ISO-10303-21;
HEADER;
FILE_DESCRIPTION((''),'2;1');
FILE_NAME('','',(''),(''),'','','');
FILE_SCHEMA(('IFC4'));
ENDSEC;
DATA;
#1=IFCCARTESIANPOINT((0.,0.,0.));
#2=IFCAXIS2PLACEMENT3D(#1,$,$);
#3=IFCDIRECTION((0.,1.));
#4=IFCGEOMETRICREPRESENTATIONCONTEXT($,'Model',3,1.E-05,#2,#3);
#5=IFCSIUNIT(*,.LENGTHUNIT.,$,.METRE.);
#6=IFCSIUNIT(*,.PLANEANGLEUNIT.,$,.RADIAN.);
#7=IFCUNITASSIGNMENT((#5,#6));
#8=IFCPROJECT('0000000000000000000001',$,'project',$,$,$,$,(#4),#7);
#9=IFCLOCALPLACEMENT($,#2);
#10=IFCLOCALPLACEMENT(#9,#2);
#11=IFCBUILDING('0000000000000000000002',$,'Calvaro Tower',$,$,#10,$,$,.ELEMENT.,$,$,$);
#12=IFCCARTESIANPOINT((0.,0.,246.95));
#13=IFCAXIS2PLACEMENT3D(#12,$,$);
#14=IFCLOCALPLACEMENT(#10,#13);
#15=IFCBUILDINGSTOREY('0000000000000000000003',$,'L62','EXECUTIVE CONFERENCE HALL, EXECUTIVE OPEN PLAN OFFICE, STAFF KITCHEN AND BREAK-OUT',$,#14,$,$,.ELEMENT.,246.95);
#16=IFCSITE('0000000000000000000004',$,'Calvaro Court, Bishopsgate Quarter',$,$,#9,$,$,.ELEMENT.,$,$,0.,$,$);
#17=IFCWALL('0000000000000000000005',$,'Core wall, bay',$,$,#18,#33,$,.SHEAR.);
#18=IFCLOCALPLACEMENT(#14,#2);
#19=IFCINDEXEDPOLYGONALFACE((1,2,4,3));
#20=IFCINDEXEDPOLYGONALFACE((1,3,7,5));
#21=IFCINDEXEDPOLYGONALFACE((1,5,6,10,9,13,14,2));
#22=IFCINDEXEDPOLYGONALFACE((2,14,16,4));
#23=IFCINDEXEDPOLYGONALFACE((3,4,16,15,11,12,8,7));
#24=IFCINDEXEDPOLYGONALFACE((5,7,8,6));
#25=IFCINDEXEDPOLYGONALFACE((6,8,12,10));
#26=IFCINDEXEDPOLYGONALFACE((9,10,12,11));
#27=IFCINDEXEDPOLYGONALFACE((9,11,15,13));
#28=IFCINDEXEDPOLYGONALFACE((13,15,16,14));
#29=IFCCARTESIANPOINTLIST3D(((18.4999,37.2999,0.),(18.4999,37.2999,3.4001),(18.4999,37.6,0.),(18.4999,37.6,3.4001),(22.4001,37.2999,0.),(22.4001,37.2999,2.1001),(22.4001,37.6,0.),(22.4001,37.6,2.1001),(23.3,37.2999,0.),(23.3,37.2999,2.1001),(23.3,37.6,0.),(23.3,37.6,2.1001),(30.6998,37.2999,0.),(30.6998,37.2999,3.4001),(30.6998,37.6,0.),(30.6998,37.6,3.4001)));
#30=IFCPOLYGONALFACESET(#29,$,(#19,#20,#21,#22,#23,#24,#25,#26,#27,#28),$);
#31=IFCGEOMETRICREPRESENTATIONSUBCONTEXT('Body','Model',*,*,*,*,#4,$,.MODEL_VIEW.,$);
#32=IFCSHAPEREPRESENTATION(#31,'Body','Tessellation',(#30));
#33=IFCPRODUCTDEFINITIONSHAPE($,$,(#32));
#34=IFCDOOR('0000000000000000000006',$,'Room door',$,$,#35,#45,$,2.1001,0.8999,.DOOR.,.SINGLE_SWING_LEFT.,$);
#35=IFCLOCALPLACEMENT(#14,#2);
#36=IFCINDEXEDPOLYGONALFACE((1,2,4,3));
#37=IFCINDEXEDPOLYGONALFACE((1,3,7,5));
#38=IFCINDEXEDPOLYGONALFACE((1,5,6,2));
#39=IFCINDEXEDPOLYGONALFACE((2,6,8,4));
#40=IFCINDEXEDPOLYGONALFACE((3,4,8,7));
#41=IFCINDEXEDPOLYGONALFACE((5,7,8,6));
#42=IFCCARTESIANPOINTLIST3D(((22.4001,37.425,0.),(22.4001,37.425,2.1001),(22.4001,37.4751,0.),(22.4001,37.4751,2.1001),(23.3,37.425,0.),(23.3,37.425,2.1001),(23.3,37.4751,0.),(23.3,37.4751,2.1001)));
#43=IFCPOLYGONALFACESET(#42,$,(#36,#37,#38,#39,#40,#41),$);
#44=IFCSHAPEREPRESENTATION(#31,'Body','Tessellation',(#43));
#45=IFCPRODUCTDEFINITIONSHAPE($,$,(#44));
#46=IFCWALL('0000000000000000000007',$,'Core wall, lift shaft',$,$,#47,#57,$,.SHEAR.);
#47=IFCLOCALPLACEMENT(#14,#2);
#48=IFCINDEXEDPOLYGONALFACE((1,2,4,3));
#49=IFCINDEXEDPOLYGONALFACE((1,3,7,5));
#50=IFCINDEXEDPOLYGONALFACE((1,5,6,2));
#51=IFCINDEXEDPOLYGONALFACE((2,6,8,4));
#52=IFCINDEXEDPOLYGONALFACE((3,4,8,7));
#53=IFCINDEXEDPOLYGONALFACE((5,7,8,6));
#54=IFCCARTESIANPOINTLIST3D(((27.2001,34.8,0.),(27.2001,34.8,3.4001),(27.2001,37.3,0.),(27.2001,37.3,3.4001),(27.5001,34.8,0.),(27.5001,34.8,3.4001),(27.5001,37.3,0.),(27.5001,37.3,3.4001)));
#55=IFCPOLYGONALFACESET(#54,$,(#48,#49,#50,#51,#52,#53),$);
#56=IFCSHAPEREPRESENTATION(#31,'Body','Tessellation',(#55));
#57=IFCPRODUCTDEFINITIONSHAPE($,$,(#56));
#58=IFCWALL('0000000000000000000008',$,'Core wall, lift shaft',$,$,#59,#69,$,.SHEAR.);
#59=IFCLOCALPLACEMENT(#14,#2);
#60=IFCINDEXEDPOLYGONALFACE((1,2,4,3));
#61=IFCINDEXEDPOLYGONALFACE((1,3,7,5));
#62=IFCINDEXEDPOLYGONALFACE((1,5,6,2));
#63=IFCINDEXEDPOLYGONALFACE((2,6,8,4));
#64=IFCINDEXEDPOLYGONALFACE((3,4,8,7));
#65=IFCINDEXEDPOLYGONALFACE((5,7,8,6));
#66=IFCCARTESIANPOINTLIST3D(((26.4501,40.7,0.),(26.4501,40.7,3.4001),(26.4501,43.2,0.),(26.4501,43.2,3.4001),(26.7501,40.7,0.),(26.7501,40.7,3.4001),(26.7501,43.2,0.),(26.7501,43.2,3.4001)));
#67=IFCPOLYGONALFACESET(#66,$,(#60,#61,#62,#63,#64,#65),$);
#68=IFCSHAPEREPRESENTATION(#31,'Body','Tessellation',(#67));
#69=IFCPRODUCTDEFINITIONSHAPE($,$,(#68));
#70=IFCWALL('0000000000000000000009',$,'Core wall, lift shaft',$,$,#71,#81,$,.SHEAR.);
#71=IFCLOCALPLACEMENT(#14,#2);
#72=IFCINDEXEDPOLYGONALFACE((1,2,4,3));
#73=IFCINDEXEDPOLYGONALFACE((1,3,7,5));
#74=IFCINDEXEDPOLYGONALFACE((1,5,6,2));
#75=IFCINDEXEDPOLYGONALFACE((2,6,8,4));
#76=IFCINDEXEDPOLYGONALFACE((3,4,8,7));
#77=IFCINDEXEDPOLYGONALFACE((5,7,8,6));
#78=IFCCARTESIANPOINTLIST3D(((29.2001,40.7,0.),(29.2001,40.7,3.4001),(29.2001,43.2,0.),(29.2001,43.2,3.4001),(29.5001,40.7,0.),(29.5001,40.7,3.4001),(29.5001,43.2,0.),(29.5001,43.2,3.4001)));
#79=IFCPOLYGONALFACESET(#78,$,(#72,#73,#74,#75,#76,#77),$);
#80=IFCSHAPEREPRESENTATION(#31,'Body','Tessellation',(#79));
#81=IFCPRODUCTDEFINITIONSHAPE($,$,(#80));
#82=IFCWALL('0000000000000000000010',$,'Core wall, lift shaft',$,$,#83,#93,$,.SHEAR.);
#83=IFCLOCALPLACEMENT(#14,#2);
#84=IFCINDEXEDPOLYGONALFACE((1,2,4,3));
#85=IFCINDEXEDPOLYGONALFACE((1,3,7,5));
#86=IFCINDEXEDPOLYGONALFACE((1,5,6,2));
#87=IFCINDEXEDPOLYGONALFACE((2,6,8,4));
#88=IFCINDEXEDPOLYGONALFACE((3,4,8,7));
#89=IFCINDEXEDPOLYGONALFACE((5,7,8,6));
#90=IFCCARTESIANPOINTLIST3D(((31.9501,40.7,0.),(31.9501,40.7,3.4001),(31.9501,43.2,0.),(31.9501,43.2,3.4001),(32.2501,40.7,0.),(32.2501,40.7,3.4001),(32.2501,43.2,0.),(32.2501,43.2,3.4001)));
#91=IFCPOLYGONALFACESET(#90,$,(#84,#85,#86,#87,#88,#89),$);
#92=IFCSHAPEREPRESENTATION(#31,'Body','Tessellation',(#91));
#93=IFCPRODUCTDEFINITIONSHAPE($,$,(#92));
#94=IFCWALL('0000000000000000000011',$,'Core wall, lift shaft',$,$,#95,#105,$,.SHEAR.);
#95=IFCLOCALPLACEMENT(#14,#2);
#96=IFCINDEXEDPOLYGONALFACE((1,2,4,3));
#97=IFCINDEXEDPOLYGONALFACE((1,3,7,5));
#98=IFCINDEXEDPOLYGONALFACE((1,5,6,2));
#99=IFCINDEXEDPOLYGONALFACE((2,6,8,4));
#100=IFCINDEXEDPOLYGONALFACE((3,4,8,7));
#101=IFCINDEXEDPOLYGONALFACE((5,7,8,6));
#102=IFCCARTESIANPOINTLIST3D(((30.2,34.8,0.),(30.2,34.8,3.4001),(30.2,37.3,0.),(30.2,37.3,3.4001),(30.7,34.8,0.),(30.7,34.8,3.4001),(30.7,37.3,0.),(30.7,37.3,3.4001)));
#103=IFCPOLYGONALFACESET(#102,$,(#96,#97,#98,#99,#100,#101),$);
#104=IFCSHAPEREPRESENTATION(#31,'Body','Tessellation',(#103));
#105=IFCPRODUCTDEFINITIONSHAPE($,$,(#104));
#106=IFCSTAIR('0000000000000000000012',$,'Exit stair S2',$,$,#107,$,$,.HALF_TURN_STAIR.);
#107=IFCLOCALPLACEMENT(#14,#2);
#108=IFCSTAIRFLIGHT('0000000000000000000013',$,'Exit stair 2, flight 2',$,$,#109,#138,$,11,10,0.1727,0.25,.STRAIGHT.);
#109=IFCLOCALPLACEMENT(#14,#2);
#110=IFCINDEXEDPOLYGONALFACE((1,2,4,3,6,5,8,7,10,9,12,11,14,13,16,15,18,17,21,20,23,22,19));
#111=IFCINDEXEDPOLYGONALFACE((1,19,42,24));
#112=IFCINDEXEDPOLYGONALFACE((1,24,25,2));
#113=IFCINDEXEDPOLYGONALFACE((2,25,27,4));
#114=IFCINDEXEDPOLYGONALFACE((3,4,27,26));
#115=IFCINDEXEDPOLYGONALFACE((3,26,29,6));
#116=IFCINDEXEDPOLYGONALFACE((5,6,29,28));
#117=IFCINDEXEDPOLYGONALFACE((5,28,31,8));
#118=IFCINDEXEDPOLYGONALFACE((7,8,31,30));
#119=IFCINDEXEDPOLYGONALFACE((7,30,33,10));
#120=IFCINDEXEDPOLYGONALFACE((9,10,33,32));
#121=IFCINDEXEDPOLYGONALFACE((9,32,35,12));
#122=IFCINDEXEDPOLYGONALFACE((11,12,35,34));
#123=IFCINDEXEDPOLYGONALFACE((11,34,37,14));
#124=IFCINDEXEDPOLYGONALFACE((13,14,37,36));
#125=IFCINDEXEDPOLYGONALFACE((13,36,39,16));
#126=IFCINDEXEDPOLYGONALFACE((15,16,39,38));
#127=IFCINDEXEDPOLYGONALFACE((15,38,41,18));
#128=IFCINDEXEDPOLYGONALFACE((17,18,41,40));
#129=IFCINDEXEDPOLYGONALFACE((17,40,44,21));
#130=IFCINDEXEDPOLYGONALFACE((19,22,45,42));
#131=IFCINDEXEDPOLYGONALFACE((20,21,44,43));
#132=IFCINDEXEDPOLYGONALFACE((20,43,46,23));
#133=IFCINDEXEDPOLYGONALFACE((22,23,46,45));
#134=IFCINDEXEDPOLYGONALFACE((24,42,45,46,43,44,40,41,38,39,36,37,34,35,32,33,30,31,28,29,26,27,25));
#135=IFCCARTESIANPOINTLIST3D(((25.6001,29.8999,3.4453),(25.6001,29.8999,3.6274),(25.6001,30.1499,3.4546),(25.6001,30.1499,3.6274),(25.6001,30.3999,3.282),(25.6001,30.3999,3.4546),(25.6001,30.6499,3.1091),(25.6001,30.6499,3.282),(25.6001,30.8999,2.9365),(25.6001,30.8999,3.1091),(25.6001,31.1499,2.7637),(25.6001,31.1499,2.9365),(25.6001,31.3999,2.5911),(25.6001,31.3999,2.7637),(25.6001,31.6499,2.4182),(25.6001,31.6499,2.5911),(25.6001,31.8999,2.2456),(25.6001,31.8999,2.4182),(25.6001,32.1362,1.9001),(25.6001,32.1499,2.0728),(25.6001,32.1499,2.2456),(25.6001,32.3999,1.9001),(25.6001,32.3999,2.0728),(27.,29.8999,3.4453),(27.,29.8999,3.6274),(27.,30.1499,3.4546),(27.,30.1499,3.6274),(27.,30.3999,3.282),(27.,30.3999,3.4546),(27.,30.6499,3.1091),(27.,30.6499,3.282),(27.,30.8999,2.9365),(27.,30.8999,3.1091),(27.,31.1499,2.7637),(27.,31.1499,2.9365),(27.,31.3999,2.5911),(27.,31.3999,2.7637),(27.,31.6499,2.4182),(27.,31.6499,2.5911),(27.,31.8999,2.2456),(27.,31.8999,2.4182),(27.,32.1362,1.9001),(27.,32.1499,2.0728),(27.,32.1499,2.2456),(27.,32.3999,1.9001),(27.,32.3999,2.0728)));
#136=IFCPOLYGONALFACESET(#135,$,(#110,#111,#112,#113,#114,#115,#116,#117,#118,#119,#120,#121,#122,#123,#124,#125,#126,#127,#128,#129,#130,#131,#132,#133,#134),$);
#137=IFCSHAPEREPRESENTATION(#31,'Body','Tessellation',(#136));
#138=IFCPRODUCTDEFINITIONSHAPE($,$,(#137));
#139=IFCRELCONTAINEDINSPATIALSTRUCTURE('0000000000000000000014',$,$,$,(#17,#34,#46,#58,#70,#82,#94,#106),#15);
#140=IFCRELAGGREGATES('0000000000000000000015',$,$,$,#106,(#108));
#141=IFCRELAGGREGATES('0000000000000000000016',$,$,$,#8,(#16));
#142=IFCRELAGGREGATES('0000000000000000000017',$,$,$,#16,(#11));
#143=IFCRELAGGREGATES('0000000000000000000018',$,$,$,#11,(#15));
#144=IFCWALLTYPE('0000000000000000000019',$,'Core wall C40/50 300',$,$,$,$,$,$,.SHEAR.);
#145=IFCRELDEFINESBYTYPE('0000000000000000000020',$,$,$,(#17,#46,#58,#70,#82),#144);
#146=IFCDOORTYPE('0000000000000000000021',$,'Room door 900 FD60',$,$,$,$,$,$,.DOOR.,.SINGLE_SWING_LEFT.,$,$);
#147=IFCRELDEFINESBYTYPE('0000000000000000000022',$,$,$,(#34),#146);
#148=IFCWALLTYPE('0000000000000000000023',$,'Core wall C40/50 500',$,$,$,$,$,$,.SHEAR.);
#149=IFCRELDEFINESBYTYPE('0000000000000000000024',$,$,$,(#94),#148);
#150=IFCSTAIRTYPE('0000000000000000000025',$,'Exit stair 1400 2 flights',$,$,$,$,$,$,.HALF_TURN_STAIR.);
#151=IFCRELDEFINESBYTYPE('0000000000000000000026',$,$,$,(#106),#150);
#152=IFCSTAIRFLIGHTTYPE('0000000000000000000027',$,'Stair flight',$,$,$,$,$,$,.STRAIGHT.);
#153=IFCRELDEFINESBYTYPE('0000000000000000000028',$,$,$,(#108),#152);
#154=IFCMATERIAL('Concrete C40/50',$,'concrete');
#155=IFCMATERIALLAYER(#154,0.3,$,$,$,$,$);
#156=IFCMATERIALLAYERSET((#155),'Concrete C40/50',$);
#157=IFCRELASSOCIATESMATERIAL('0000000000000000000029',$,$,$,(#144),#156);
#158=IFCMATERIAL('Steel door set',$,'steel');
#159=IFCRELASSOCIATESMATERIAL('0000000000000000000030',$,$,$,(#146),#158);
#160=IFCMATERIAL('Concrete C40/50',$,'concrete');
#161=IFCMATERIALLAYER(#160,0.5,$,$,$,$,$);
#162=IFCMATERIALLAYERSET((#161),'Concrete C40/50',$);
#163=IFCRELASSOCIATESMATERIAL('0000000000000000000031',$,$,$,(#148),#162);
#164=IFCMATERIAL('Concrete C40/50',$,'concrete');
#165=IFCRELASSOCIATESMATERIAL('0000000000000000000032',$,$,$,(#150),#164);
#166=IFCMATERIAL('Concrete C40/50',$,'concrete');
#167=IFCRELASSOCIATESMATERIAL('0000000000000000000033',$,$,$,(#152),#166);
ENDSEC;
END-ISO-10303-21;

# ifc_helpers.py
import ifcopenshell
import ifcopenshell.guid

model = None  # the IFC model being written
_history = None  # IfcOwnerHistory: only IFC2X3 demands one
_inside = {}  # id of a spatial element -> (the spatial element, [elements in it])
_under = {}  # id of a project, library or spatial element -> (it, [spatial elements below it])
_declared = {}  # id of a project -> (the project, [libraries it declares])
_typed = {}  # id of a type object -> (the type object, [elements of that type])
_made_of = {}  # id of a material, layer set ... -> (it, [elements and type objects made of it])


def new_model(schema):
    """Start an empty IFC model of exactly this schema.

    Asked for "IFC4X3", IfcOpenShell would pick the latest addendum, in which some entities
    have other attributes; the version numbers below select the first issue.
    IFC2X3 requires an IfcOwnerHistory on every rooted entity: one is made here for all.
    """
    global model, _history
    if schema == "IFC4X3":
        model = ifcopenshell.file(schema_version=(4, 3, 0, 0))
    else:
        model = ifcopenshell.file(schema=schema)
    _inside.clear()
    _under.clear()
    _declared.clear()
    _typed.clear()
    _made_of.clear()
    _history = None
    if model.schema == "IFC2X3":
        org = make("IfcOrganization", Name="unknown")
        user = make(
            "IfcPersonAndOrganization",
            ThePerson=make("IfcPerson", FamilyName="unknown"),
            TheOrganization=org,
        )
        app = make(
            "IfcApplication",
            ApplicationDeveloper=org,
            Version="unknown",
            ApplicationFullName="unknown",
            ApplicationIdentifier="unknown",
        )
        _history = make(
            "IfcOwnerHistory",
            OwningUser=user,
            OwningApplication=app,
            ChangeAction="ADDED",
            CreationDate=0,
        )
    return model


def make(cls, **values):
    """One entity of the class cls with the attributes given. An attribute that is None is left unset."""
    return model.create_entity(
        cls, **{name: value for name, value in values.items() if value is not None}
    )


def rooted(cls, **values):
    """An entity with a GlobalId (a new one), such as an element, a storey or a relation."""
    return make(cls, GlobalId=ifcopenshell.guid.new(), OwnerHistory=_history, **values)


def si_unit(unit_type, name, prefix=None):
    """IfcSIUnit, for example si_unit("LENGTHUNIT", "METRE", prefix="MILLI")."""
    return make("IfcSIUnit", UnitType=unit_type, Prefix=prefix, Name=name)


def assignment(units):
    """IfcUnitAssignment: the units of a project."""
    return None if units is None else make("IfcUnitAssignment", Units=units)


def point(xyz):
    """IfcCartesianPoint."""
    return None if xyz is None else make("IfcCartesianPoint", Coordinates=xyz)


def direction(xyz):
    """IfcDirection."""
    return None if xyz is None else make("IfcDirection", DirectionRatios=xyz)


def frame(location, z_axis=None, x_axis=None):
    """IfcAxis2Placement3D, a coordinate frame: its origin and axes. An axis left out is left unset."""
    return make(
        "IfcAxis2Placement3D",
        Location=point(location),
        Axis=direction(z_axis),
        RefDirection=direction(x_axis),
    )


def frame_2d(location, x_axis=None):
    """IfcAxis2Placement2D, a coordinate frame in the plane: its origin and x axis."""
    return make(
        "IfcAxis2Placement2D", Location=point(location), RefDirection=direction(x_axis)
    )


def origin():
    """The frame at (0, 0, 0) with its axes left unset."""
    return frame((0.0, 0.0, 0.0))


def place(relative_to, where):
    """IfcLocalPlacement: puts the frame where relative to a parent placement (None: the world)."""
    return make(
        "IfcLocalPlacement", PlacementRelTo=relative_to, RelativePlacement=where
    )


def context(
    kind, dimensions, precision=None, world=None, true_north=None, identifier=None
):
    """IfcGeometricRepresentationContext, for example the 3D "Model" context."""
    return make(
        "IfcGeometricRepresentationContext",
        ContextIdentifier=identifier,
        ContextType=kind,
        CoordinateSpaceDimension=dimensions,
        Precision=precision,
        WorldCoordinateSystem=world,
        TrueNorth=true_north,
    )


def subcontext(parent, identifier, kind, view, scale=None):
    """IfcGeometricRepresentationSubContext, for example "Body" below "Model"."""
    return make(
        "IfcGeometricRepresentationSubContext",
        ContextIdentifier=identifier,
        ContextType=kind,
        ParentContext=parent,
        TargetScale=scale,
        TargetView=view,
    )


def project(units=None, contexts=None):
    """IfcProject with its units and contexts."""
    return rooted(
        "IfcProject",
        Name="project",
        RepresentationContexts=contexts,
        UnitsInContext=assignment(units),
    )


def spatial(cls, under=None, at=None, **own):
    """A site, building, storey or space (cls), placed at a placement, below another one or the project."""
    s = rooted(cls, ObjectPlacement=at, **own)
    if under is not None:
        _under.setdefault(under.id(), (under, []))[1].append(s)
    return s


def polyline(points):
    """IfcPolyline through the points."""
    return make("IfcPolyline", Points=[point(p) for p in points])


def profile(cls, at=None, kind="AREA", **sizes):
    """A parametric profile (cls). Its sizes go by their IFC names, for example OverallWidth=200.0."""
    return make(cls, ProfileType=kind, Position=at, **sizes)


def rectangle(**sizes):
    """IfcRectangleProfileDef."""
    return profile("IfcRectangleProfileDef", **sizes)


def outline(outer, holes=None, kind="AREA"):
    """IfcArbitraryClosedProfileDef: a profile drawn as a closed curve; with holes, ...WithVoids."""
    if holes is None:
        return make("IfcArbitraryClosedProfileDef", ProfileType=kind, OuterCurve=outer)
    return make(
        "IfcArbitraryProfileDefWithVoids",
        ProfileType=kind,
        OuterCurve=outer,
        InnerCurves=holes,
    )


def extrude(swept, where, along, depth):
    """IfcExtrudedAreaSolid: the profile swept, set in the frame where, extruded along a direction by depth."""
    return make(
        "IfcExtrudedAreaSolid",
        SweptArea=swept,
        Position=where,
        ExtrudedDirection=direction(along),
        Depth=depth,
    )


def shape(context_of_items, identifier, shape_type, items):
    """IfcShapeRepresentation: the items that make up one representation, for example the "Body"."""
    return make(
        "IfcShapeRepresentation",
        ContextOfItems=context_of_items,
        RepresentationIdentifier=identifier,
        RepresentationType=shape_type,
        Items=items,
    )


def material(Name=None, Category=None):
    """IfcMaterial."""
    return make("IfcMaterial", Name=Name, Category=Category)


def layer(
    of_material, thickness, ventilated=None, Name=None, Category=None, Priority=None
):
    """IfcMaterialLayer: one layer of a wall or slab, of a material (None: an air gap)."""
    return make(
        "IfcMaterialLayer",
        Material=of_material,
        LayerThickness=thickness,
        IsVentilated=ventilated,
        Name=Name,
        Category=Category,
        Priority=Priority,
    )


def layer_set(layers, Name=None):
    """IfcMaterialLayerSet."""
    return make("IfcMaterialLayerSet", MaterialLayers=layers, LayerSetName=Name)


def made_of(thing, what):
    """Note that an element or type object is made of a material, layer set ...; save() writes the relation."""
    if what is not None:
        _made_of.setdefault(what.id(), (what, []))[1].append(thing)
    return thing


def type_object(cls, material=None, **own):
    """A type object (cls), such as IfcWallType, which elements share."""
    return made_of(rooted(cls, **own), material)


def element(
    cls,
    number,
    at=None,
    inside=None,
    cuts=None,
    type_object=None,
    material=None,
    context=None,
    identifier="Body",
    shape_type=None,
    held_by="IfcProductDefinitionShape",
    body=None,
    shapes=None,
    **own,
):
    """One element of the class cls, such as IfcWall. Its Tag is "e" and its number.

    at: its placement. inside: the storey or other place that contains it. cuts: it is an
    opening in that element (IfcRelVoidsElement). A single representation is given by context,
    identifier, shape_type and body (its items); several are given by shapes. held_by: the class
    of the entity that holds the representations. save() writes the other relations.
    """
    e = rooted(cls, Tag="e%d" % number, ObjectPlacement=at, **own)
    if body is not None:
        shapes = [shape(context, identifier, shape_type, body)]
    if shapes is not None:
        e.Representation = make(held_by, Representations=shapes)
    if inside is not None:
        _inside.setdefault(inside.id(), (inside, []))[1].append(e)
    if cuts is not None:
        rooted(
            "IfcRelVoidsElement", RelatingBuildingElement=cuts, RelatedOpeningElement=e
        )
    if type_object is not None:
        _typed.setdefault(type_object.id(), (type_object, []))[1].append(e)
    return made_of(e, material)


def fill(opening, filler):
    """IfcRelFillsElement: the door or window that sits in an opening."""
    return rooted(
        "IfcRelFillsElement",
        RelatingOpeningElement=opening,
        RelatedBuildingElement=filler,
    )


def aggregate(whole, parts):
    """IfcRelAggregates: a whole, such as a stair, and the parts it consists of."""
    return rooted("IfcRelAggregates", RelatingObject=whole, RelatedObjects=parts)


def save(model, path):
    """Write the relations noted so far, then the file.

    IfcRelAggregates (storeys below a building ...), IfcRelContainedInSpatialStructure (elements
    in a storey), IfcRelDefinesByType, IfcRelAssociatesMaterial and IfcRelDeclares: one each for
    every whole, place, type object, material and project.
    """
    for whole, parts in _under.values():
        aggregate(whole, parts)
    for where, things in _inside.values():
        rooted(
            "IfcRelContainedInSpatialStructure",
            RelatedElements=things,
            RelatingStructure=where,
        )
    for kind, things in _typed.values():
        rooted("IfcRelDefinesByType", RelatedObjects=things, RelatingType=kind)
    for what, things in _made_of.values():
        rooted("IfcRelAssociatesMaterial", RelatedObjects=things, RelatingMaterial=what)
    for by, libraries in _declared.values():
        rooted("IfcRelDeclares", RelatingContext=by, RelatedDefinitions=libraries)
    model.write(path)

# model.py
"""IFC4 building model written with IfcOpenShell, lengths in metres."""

from ifc_helpers import new_model, si_unit, direction, frame, frame_2d, origin, place, context, subcontext, project, spatial, polyline, rectangle, outline, extrude, material, layer, layer_set, type_object, element, fill, aggregate, save


model = new_model("IFC4")

# Units and contexts
model_context = context("Model", 3, precision=1e-05, world=origin(), true_north=direction((0.0, 1.0)))
body_context = subcontext(model_context, "Body", "Model", "MODEL_VIEW")
ifc_project = project(units=[si_unit("LENGTHUNIT", "METRE"), si_unit("PLANEANGLEUNIT", "RADIAN")], contexts=[model_context])

# Site, building, storey
site_placement = place(None, origin())
site = spatial("IfcSite", under=ifc_project, at=site_placement, Name="Calvaro Court, Bishopsgate Quarter", CompositionType="ELEMENT", RefElevation=0.0)
building_placement = place(site_placement, origin())
building = spatial("IfcBuilding", under=site, at=building_placement, Name="Calvaro Tower", CompositionType="ELEMENT")
storey_placement = place(building_placement, frame((0.0, 0.0, 246.95)))
storey = spatial("IfcBuildingStorey", under=building, at=storey_placement, Name="L62", Description="EXECUTIVE CONFERENCE HALL, EXECUTIVE OPEN PLAN OFFICE, STAFF KITCHEN AND BREAK-OUT", CompositionType="ELEMENT", Elevation=246.95)

# Wall, opening, door
ifc_material_1 = material(Name="Concrete C40/50", Category="concrete")
ifc_layer_1 = layer(ifc_material_1, 0.3)
ifc_layer_set_1 = layer_set([ifc_layer_1], Name="Concrete C40/50")
wall_type_1 = type_object("IfcWallType", Name="Core wall C40/50 300", PredefinedType="SHEAR", material=ifc_layer_set_1)
wall_1_placement = place(storey_placement, frame((30.7, 37.45, 0.0), z_axis=(0.0, 0.0, 1.0), x_axis=(-1.0, 0.0, 0.0)))
wall_1 = element("IfcWall", 1, at=wall_1_placement, inside=storey, type_object=wall_type_1, Name="Core wall, bay", PredefinedType="SHEAR", context=body_context, shape_type="SweptSolid", body=[
    extrude(rectangle(XDim=12.2, YDim=0.3, at=frame_2d((6.1001, 0.0))), origin(), (0.0, 0.0, 1.0), 3.4001),
])
opening_placement = place(wall_1_placement, frame((7.3999, 0.0, 0.0)))
opening = element("IfcOpeningElement", 2, at=opening_placement, cuts=wall_1, PredefinedType="OPENING", context=body_context, shape_type="SweptSolid", body=[
    extrude(rectangle(XDim=0.8999, YDim=2.1001, at=frame_2d((0.45, 1.05))), frame((0.0, 0.1599, 0.0), z_axis=(0.0, -1.0, 0.0), x_axis=(1.0, 0.0, 0.0)), (0.0, 0.0, 1.0), 0.3201),
])
ifc_material_2 = material(Name="Steel door set", Category="steel")
door_type = type_object("IfcDoorType", Name="Room door 900 FD60", OperationType="SINGLE_SWING_LEFT", PredefinedType="DOOR", material=ifc_material_2)
door_placement = place(opening_placement, origin())
door = element("IfcDoor", 3, at=door_placement, inside=storey, type_object=door_type, Name="Room door", OperationType="SINGLE_SWING_LEFT", OverallHeight=2.1001, OverallWidth=0.8999, PredefinedType="DOOR", context=body_context, shape_type="SweptSolid", body=[
    extrude(rectangle(XDim=0.8999, YDim=2.1001, at=frame_2d((0.45, 1.05))), frame((0.0, 0.0249, 0.0), z_axis=(0.0, -1.0, 0.0), x_axis=(1.0, 0.0, 0.0)), (0.0, 0.0, 1.0), 0.05),
])
fill(opening, door)

# Walls
for number, where, z_axis, x_axis, name in (
    (4, (27.3501, 34.8, 0.0), (0.0, 0.0, 1.0), (0.0, 1.0, 0.0), "Core wall, lift shaft"),
    (5, (26.6001, 40.7, 0.0), (0.0, 0.0, 1.0), (0.0, 1.0, 0.0), "Core wall, lift shaft"),
    (6, (29.3501, 40.7, 0.0), (0.0, 0.0, 1.0), (0.0, 1.0, 0.0), "Core wall, lift shaft"),
    (7, (32.1001, 40.7, 0.0), (0.0, 0.0, 1.0), (0.0, 1.0, 0.0), "Core wall, lift shaft"),
):
    element("IfcWall", number, at=place(storey_placement, frame(where, z_axis=z_axis, x_axis=x_axis)), inside=storey, type_object=wall_type_1, Name=name, PredefinedType="SHEAR", context=body_context, shape_type="SweptSolid", body=[
        extrude(rectangle(XDim=2.5, YDim=0.3, at=frame_2d((1.25, 0.0))), origin(), (0.0, 0.0, 1.0), 3.4001),
    ])
ifc_material_3 = material(Name="Concrete C40/50", Category="concrete")
ifc_layer_2 = layer(ifc_material_3, 0.5)
ifc_layer_set_2 = layer_set([ifc_layer_2], Name="Concrete C40/50")
wall_type_2 = type_object("IfcWallType", Name="Core wall C40/50 500", PredefinedType="SHEAR", material=ifc_layer_set_2)
wall_2_placement = place(storey_placement, frame((30.45, 34.8, 0.0), z_axis=(0.0, 0.0, 1.0), x_axis=(0.0, 1.0, 0.0)))
element("IfcWall", 8, at=wall_2_placement, inside=storey, type_object=wall_type_2, Name="Core wall, lift shaft", PredefinedType="SHEAR", context=body_context, shape_type="SweptSolid", body=[
    extrude(rectangle(XDim=2.5, YDim=0.5, at=frame_2d((1.25, 0.0))), origin(), (0.0, 0.0, 1.0), 3.4001),
])

# Stair, stair flight
ifc_material_4 = material(Name="Concrete C40/50", Category="concrete")
stair_type = type_object("IfcStairType", Name="Exit stair 1400 2 flights", PredefinedType="HALF_TURN_STAIR", material=ifc_material_4)
stair_placement = place(storey_placement, origin())
stair = element("IfcStair", 9, at=stair_placement, inside=storey, type_object=stair_type, Name="Exit stair S2", PredefinedType="HALF_TURN_STAIR")
ifc_material_5 = material(Name="Concrete C40/50", Category="concrete")
stair_flight_type = type_object("IfcStairFlightType", Name="Stair flight", PredefinedType="STRAIGHT", material=ifc_material_5)
stair_flight_placement = place(storey_placement, frame((26.3, 32.3999, 1.9001), z_axis=(0.0, 0.0, 1.0), x_axis=(0.0, -1.0, 0.0)))
stair_flight = element("IfcStairFlight", 10, at=stair_flight_placement, type_object=stair_flight_type, Name="Exit stair 2, flight 2", NumberOfRisers=11, NumberOfTreads=10, PredefinedType="STRAIGHT", RiserHeight=0.1727, TreadLength=0.25, context=body_context, shape_type="SweptSolid", body=[
    extrude(outline(polyline([(0.0, 0.0), (0.0, 0.1726), (0.25, 0.1726), (0.25, 0.3455), (0.5, 0.3455), (0.5, 0.5181), (0.75, 0.5181), (0.75, 0.6909), (1.0, 0.6909), (1.0, 0.8635), (1.25, 0.8635), (1.25, 1.0364), (1.5, 1.0364), (1.5, 1.209), (1.75, 1.209), (1.75, 1.3818), (2.0, 1.3818), (2.0, 1.5544), (2.25, 1.5544), (2.25, 1.7273), (2.5, 1.7273), (2.5, 1.8999), (2.5, 1.5452), (0.2637, 0.0), (0.0, 0.0)])), frame((0.0, 0.7, 0.0), z_axis=(0.0, -1.0, 0.0), x_axis=(1.0, 0.0, 0.0)), (0.0, 0.0, 1.0), 1.3999),
])
aggregate(stair, [stair_flight])

save(model, "model.ifc")
